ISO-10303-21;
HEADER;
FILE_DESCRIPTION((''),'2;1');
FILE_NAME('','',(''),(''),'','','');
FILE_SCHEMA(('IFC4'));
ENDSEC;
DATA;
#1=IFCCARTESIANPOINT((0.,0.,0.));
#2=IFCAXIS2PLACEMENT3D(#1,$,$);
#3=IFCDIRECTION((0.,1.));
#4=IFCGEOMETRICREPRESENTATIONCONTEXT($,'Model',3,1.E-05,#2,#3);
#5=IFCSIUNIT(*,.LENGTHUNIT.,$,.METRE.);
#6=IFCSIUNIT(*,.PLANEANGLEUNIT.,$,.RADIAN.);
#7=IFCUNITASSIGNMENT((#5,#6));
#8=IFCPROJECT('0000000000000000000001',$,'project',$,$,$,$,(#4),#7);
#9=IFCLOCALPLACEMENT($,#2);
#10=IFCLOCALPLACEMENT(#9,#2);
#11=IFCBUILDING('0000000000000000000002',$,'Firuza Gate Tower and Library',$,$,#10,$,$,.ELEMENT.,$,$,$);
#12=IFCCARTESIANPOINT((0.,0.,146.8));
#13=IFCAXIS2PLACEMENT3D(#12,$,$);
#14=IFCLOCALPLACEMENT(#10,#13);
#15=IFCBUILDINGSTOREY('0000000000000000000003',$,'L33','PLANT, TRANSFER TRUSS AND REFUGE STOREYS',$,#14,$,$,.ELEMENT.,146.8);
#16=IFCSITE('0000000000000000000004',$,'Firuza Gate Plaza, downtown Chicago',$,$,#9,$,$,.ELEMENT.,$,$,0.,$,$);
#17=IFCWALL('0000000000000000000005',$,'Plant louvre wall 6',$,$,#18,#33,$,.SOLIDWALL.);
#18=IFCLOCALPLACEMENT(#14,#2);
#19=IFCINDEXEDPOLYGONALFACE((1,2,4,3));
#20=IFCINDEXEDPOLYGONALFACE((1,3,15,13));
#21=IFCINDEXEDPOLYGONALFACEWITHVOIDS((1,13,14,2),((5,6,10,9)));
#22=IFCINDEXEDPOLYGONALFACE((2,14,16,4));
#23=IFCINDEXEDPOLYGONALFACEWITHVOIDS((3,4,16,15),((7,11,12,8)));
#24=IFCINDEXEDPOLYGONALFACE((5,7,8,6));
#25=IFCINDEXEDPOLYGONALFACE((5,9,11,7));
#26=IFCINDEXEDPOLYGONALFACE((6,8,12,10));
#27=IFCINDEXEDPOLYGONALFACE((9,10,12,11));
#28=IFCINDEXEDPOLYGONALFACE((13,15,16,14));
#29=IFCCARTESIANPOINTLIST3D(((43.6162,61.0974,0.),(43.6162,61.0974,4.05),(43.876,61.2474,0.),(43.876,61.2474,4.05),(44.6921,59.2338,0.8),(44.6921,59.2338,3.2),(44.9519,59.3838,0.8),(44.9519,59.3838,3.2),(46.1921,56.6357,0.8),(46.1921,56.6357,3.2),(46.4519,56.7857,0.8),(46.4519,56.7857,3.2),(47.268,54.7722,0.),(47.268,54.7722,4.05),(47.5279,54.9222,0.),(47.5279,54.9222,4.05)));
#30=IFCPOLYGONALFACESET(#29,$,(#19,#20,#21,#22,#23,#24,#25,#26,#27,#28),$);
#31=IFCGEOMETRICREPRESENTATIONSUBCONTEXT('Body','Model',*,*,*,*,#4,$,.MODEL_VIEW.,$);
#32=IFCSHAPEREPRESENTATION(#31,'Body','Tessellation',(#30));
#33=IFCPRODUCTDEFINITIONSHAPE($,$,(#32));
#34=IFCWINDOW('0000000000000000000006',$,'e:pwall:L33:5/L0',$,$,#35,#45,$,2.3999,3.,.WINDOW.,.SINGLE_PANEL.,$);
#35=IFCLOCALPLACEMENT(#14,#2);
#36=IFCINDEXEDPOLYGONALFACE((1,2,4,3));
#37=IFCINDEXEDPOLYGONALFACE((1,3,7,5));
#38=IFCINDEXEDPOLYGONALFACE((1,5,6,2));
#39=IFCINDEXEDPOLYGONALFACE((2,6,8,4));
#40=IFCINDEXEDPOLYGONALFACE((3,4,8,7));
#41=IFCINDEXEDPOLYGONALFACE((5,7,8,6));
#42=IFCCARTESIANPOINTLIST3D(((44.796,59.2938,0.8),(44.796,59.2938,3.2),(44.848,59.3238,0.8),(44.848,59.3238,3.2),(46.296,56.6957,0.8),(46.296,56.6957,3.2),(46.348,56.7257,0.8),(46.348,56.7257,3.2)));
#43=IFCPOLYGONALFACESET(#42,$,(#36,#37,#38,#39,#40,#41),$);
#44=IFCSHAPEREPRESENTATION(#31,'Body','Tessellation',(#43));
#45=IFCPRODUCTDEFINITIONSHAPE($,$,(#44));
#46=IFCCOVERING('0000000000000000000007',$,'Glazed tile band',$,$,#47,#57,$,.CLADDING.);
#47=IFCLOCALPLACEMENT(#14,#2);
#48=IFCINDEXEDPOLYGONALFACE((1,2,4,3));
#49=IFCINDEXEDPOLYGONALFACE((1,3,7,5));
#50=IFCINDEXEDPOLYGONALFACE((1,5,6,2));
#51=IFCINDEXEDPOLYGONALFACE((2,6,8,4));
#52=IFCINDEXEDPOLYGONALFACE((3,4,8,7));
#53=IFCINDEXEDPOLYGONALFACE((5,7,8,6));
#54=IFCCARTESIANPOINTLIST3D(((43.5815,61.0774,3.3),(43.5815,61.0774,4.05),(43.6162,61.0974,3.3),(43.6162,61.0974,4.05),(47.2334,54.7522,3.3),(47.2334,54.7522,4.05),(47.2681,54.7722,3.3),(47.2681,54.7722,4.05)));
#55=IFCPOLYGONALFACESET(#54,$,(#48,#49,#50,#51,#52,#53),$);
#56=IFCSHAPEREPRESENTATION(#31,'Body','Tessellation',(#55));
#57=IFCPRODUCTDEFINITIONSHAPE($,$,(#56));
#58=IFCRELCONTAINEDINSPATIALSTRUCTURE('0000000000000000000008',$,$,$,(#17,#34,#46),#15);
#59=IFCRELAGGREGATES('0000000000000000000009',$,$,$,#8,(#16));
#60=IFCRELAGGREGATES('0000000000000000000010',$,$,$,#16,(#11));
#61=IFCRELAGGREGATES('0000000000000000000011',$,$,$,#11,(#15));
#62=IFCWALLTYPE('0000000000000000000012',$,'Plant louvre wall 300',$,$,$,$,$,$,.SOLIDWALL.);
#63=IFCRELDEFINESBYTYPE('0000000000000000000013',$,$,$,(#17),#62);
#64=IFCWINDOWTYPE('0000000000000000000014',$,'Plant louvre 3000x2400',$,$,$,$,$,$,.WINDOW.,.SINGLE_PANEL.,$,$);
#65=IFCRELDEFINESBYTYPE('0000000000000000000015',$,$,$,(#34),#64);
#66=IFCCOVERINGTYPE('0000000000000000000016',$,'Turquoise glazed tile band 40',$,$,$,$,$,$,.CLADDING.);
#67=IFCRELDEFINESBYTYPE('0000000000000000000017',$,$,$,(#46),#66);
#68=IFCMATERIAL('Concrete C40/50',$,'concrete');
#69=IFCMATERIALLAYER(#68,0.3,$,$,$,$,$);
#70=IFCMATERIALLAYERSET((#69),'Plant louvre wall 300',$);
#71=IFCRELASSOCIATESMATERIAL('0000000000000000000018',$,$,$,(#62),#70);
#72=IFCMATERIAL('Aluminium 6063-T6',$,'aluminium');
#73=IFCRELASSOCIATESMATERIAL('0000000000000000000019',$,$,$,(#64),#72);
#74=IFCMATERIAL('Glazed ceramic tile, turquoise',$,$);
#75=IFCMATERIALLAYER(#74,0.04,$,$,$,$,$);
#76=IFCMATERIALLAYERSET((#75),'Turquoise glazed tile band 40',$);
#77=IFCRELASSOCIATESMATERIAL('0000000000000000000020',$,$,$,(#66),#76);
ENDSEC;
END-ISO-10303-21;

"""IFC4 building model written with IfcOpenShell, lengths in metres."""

from ifc_helpers import new_model, si_unit, direction, frame, frame_2d, origin, place, context, subcontext, project, spatial, polyline, rectangle, outline, extrude, material, layer, layer_set, type_object, element, fill, save


model = new_model("IFC4")

# Units and contexts
model_context = context("Model", 3, precision=1e-05, world=origin(), true_north=direction((0.0, 1.0)))
body_context = subcontext(model_context, "Body", "Model", "MODEL_VIEW")
ifc_project = project(units=[si_unit("LENGTHUNIT", "METRE"), si_unit("PLANEANGLEUNIT", "RADIAN")], contexts=[model_context])

# Site, building, storey
site_placement = place(None, origin())
site = spatial("IfcSite", under=ifc_project, at=site_placement, Name="Firuza Gate Plaza, downtown Chicago", CompositionType="ELEMENT", RefElevation=0.0)
building_placement = place(site_placement, origin())
building = spatial("IfcBuilding", under=site, at=building_placement, Name="Firuza Gate Tower and Library", CompositionType="ELEMENT")
storey_placement = place(building_placement, frame((0.0, 0.0, 146.8)))
storey = spatial("IfcBuildingStorey", under=building, at=storey_placement, Name="L33", Description="PLANT, TRANSFER TRUSS AND REFUGE STOREYS", CompositionType="ELEMENT", Elevation=146.8)

# Wall, opening, window
ifc_material_1 = material(Name="Concrete C40/50", Category="concrete")
ifc_layer_1 = layer(ifc_material_1, 0.3)
ifc_layer_set_1 = layer_set([ifc_layer_1], Name="Plant louvre wall 300")
wall_type_1 = type_object("IfcWallType", Name="Plant louvre wall 300", PredefinedType="SOLIDWALL", material=ifc_layer_set_1)
wall_1_placement = place(storey_placement, frame((43.7461, 61.1724, 0.0), z_axis=(0.0, 0.0, 1.0), x_axis=(0.5, -0.866025, 0.0)))
wall_1 = element("IfcWall", 1, at=wall_1_placement, inside=storey, type_object=wall_type_1, Name="Plant louvre wall 6", PredefinedType="SOLIDWALL", context=body_context, shape_type="SweptSolid", body=[
    extrude(rectangle(XDim=7.3037, YDim=0.3, at=frame_2d((3.6519, 0.0))), origin(), (0.0, 0.0, 1.0), 4.05),
])
opening_1_placement = place(wall_1_placement, frame((2.1519, 0.0, 0.8)))
opening_1 = element("IfcOpeningElement", 2, at=opening_1_placement, cuts=wall_1, PredefinedType="OPENING", context=body_context, shape_type="SweptSolid", body=[
    extrude(rectangle(XDim=3.0, YDim=2.3999, at=frame_2d((1.5, 1.2))), frame((0.0, 0.1602, 0.0), z_axis=(0.0, -1.0, 0.0), x_axis=(1.0, 0.0, 0.0)), (0.0, 0.0, 1.0), 0.3201),
])
ifc_material_2 = material(Name="Aluminium 6063-T6", Category="aluminium")
window_type = type_object("IfcWindowType", Name="Plant louvre 3000x2400", PartitioningType="SINGLE_PANEL", PredefinedType="WINDOW", material=ifc_material_2)
window_placement = place(opening_1_placement, origin())
window = element("IfcWindow", 3, at=window_placement, inside=storey, type_object=window_type, Name="e:pwall:L33:5/L0", OverallHeight=2.3999, OverallWidth=3.0, PartitioningType="SINGLE_PANEL", PredefinedType="WINDOW", context=body_context, shape_type="SweptSolid", body=[
    extrude(rectangle(XDim=3.0, YDim=2.3999, at=frame_2d((1.5, 1.2))), frame((0.0, 0.03, 0.0), z_axis=(0.0, -1.0, 0.0), x_axis=(1.0, 0.0, 0.0)), (0.0, 0.0, 1.0), 0.0601),
])
fill(opening_1, window)

# Covering
ifc_material_3 = material(Name="Glazed ceramic tile, turquoise")
ifc_layer_2 = layer(ifc_material_3, 0.04)
ifc_layer_set_2 = layer_set([ifc_layer_2], Name="Turquoise glazed tile band 40")
covering_type = type_object("IfcCoveringType", Name="Turquoise glazed tile band 40", PredefinedType="CLADDING", material=ifc_layer_set_2)
covering_placement = place(storey_placement, frame((43.5815, 61.0774, 3.3), z_axis=(-0.866025, -0.5, 0.0), x_axis=(0.5, -0.866025, 0.0)))
element("IfcCovering", 4, at=covering_placement, inside=storey, type_object=covering_type, Name="Glazed tile band", PredefinedType="CLADDING", context=body_context, shape_type="SweptSolid", body=[
    extrude(outline(polyline([(0.0, 0.0), (7.3037, 0.0), (7.3037, 0.75), (0.0, 0.75), (0.0, 0.0)])), origin(), (0.0, 0.0, -1.0), 0.04),
])

save(model, "model.ifc")
